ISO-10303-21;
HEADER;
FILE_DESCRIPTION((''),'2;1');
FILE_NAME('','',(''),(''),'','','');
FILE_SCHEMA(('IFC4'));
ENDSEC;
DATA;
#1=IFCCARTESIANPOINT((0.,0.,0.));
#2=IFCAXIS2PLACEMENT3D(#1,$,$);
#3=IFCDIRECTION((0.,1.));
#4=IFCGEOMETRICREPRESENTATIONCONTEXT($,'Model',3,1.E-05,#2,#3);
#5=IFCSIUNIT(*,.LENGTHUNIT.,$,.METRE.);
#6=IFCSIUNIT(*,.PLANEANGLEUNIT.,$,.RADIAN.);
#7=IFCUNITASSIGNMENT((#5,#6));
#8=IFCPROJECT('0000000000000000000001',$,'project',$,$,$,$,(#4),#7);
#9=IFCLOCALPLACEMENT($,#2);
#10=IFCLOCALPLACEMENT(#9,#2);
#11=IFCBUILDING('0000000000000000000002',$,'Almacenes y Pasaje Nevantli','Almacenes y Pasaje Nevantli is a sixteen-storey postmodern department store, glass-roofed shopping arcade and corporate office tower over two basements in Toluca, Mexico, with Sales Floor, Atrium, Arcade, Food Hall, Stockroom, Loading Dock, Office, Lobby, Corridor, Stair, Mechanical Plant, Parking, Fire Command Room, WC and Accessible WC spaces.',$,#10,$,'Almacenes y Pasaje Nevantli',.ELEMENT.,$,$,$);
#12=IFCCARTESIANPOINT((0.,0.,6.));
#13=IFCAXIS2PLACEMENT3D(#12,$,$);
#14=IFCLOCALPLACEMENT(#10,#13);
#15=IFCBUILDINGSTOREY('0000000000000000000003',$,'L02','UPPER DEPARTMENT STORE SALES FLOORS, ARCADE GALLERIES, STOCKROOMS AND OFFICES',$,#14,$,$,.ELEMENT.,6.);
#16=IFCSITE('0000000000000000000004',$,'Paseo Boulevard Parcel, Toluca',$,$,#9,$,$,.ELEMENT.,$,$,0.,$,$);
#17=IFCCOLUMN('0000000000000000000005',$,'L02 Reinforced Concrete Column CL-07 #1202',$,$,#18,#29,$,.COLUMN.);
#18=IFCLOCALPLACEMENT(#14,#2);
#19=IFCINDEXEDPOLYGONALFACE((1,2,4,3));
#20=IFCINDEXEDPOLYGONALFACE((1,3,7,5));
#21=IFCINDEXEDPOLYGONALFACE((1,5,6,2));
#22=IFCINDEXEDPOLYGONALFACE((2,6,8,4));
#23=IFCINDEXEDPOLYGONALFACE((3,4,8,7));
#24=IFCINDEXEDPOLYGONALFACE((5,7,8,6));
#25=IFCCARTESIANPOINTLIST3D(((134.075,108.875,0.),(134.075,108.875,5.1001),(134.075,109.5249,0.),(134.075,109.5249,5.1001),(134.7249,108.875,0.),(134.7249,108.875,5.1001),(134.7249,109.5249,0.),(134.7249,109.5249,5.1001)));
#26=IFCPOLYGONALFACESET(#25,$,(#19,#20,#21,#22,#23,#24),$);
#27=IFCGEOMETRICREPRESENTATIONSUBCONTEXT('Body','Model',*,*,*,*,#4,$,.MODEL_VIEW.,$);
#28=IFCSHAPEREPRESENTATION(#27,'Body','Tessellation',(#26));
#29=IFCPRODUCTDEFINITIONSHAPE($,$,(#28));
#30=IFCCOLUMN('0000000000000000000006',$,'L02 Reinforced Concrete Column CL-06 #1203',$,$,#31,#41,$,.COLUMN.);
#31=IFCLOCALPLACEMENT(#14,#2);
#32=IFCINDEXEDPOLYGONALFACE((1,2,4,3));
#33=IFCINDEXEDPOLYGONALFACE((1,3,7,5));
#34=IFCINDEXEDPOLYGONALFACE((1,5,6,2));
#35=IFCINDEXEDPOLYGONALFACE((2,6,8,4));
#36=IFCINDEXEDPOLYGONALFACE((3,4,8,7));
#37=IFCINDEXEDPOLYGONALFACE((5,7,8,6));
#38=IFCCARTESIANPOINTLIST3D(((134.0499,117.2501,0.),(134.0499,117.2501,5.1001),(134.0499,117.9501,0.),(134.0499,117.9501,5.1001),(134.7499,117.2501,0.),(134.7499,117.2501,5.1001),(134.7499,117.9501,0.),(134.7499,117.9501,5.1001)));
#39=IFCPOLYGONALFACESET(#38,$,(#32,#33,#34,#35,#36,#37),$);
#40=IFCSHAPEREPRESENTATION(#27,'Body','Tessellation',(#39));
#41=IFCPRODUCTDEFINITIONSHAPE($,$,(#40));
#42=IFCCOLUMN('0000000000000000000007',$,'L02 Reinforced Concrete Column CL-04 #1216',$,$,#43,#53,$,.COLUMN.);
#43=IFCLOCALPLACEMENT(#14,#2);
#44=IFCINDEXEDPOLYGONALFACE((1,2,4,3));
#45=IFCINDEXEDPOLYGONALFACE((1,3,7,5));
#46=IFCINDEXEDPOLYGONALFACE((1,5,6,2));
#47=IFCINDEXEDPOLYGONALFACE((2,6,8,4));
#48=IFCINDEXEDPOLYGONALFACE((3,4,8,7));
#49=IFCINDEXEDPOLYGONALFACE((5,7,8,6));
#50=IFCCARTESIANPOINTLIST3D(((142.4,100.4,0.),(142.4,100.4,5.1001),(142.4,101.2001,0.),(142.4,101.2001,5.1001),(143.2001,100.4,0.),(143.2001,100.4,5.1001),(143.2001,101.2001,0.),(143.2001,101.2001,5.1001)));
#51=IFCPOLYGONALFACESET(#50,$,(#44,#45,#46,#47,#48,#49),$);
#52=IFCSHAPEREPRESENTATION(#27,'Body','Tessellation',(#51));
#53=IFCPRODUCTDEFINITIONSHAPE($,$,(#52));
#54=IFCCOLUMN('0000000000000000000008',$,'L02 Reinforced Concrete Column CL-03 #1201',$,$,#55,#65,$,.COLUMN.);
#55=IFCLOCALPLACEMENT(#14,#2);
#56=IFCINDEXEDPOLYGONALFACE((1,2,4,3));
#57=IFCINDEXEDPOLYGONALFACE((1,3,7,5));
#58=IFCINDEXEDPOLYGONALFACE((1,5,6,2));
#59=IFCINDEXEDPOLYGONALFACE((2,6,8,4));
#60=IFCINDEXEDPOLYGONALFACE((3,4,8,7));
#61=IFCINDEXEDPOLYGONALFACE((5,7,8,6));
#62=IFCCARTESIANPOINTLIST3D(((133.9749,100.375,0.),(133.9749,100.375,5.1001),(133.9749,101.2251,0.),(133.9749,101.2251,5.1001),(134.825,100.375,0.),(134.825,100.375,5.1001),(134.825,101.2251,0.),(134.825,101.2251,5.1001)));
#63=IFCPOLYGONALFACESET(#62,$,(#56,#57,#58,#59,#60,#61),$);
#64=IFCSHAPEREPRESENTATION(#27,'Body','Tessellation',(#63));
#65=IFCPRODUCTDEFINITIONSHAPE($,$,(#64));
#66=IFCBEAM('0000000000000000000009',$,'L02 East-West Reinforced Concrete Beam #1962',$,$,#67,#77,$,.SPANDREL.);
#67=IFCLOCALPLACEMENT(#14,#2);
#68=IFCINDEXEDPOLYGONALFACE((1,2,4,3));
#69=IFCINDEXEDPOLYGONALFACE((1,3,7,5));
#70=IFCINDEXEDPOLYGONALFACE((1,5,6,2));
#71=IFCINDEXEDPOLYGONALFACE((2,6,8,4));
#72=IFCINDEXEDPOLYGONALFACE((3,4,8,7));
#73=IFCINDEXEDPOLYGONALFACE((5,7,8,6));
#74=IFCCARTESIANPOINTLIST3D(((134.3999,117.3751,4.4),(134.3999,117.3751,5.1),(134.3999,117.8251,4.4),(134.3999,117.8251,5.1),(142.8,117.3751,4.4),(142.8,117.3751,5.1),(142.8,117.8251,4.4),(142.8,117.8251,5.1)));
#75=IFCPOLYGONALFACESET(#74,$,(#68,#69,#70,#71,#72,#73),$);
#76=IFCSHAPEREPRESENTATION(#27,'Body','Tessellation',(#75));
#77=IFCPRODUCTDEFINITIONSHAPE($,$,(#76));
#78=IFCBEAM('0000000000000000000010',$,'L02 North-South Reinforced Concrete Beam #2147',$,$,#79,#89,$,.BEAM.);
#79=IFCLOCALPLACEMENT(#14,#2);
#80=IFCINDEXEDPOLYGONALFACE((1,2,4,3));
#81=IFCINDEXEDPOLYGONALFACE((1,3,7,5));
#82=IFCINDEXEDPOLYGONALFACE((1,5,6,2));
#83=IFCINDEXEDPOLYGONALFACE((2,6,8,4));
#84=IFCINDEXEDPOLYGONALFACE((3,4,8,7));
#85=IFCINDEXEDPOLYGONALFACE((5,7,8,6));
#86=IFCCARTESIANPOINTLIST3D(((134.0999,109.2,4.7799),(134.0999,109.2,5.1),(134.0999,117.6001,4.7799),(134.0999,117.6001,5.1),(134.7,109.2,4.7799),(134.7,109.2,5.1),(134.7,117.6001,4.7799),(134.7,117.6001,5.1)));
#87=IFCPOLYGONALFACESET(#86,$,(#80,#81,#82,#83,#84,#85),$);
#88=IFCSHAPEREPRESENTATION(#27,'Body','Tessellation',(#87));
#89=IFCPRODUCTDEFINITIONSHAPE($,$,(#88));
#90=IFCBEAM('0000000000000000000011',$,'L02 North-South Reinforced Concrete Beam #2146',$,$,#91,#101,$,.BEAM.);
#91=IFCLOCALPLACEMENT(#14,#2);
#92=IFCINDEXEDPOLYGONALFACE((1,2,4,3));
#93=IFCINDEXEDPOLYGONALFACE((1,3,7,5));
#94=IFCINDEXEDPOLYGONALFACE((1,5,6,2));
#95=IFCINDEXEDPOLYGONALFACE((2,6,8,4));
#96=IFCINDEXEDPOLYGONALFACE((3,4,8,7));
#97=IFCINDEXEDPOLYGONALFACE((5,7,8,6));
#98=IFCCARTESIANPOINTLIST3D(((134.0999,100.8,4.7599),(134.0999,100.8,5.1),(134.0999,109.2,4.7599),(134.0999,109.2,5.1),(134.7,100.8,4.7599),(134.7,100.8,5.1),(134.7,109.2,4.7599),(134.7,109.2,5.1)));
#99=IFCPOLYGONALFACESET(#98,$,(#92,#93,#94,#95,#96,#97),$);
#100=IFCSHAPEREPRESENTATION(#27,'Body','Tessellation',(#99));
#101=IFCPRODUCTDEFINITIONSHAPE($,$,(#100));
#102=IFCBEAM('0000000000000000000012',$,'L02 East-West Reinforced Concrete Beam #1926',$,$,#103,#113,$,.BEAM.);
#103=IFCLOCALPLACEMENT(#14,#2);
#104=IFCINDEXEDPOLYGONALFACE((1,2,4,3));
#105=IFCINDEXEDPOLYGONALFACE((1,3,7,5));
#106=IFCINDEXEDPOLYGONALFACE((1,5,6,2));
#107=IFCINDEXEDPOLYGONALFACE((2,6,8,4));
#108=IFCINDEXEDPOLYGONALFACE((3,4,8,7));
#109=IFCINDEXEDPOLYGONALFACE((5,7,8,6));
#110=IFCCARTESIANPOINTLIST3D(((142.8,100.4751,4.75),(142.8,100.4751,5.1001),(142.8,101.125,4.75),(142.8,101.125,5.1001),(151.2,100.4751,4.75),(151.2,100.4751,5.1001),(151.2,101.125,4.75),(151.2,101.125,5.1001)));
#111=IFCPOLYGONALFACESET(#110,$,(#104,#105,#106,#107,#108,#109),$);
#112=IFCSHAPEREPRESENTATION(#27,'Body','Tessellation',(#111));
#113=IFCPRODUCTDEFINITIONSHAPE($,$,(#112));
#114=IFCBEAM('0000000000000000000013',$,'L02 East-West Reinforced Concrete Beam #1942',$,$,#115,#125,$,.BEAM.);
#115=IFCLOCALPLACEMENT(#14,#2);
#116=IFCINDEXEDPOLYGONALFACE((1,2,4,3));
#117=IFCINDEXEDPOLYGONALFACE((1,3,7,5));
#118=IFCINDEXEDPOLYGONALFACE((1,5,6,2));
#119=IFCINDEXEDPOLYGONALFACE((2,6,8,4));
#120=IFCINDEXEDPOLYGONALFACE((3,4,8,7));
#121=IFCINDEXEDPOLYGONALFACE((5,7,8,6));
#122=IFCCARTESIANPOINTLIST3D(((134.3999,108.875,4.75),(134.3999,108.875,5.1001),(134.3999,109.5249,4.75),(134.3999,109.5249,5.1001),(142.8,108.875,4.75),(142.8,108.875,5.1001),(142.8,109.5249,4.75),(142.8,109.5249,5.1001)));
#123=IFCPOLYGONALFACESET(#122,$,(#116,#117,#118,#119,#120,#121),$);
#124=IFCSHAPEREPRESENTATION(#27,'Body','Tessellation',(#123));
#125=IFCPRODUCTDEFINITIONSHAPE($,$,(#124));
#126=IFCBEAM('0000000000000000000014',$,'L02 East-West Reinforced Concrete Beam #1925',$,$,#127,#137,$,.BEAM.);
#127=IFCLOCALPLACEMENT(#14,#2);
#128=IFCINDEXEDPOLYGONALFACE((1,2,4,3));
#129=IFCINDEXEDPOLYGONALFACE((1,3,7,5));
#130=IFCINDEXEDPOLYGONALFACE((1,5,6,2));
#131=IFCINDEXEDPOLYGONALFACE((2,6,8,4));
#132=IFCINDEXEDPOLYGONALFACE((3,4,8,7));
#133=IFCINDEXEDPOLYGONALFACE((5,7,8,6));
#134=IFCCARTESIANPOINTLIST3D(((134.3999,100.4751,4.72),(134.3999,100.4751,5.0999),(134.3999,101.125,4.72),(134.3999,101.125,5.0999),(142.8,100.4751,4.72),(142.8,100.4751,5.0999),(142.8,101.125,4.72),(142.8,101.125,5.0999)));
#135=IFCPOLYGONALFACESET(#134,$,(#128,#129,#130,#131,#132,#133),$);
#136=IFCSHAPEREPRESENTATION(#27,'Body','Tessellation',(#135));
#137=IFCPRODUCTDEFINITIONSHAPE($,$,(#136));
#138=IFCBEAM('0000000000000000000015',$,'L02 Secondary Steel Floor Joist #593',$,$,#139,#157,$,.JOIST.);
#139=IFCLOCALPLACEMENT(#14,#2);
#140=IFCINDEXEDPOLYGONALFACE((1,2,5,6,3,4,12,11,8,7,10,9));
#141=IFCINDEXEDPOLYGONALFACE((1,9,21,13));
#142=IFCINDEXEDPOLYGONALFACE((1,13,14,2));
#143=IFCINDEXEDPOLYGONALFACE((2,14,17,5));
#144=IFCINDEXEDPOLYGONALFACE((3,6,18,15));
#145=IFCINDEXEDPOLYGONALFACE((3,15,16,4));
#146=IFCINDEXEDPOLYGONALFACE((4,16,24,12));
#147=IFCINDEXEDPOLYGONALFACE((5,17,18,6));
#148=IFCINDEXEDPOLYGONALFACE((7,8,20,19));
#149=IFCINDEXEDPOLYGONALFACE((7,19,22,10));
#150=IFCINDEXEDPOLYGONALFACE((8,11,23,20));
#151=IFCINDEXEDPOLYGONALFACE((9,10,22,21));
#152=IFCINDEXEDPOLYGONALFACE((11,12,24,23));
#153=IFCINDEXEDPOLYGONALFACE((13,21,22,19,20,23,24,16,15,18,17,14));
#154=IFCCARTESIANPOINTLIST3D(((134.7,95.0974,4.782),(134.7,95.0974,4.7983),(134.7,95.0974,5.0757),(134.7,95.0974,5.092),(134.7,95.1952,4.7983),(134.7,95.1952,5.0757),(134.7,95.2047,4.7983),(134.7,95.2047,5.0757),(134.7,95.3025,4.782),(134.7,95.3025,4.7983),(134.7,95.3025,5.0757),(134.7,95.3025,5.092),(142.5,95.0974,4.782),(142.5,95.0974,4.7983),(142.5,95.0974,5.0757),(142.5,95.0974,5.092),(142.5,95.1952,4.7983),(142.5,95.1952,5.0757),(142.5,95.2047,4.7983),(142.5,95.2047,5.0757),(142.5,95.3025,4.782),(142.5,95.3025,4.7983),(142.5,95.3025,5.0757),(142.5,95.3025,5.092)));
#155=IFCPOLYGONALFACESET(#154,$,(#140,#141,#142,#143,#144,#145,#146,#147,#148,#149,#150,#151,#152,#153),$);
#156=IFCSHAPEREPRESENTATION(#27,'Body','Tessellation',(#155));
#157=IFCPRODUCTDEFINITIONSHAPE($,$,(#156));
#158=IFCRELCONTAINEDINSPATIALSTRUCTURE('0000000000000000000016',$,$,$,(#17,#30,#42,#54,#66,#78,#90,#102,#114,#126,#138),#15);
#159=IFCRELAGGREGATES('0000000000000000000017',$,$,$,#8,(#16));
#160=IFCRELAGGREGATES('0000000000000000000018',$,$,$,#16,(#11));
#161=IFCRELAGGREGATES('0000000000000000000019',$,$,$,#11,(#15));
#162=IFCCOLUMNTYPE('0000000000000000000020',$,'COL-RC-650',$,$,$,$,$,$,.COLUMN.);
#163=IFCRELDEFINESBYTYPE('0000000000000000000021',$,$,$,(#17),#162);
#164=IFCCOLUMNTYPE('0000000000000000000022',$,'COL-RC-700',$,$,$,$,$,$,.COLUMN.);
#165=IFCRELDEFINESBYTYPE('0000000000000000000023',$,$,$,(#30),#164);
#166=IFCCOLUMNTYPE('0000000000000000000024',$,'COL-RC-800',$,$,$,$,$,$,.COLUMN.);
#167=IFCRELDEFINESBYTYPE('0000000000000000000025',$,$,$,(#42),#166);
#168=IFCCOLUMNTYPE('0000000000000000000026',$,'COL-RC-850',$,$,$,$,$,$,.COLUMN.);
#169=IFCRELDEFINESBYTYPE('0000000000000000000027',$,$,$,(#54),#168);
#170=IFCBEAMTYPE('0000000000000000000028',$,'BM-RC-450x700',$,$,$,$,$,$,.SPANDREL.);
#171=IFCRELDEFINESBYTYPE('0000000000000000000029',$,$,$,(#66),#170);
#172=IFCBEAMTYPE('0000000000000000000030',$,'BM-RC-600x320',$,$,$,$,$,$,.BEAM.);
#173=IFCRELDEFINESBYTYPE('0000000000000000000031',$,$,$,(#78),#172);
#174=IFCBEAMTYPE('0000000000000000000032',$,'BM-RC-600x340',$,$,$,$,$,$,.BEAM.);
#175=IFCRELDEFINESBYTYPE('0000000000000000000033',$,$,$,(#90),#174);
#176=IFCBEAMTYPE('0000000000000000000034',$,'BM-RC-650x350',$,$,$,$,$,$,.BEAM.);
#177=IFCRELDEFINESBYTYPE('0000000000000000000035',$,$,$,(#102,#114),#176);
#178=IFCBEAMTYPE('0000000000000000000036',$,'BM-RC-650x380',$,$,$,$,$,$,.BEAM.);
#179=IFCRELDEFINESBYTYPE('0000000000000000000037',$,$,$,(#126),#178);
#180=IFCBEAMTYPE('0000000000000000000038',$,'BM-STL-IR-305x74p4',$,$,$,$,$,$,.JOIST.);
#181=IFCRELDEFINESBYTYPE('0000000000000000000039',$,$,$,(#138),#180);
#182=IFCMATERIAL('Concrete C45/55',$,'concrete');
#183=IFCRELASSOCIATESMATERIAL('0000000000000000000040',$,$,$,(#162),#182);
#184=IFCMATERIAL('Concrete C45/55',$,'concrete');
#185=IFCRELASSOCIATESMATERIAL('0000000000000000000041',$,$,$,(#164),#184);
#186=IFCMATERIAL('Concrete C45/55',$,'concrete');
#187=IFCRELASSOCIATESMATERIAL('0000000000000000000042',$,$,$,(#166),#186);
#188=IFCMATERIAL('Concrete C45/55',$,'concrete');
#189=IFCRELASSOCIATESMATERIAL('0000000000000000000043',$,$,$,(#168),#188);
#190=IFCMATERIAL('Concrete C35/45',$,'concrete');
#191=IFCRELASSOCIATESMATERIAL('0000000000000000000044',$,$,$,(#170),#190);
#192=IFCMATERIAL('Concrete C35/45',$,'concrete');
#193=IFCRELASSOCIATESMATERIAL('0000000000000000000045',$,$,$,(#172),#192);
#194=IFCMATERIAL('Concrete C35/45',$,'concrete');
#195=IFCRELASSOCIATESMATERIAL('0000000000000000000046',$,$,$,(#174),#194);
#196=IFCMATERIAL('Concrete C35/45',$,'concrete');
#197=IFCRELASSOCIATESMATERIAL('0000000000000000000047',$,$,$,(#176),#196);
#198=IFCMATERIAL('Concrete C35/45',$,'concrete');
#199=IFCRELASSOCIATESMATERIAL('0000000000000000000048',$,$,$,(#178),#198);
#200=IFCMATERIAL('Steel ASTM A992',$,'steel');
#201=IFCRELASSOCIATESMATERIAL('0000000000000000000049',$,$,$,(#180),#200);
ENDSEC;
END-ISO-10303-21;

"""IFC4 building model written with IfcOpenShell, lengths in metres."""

from ifc_helpers import new_model, si_unit, direction, frame, origin, origin_2d, place, context, subcontext, project, spatial, rectangle, i_section, extrude, material, material_profile, profile_set, type_object, element, save


model = new_model("IFC4")

# Units and contexts
model_context = context("Model", 3, precision=1e-05, world=origin(), true_north=direction((0.0, 1.0)))
body_context = subcontext(model_context, "Body", "Model", "MODEL_VIEW")
ifc_project = project(units=[si_unit("LENGTHUNIT", "METRE"), si_unit("PLANEANGLEUNIT", "RADIAN")], contexts=[model_context])

# Site, building, storey
site_placement = place(None, origin())
site = spatial("IfcSite", under=ifc_project, at=site_placement, Name="Paseo Boulevard Parcel, Toluca", CompositionType="ELEMENT", RefElevation=0.0)
building_placement = place(site_placement, origin())
building = spatial("IfcBuilding", under=site, at=building_placement, Name="Almacenes y Pasaje Nevantli", Description="Almacenes y Pasaje Nevantli is a sixteen-storey postmodern department store, glass-roofed shopping arcade and corporate office tower over two basements in Toluca, Mexico, with Sales Floor, Atrium, Arcade, Food Hall, Stockroom, Loading Dock, Office, Lobby, Corridor, Stair, Mechanical Plant, Parking, Fire Command Room, WC and Accessible WC spaces.", LongName="Almacenes y Pasaje Nevantli", CompositionType="ELEMENT")
storey_placement = place(building_placement, frame((0.0, 0.0, 6.0)))
storey = spatial("IfcBuildingStorey", under=building, at=storey_placement, Name="L02", Description="UPPER DEPARTMENT STORE SALES FLOORS, ARCADE GALLERIES, STOCKROOMS AND OFFICES", CompositionType="ELEMENT", Elevation=6.0)

# Columns
ifc_material_1 = material(Name="Concrete C45/55", Category="concrete")
ifc_material_profile_1 = material_profile(ifc_material_1, rectangle(XDim=0.6499, YDim=0.6499, at=origin_2d()), Name="RC-COL-650x650")
ifc_profile_set_1 = profile_set([ifc_material_profile_1], Name="Concrete C45/55")
column_type_1 = type_object("IfcColumnType", Name="COL-RC-650", PredefinedType="COLUMN", material=ifc_profile_set_1)
column_1_placement = place(storey_placement, frame((134.3999, 109.2, 0.0), z_axis=(0.0, 0.0, 1.0), x_axis=(1.0, 0.0, 0.0)))
element("IfcColumn", 1, at=column_1_placement, inside=storey, type_object=column_type_1, Name="L02 Reinforced Concrete Column CL-07 #1202", PredefinedType="COLUMN", context=body_context, shape_type="SweptSolid", body=[
    extrude(rectangle(XDim=0.6499, YDim=0.6499, at=origin_2d()), origin(), (0.0, 0.0, 1.0), 5.1001),
])
ifc_material_2 = material(Name="Concrete C45/55", Category="concrete")
ifc_material_profile_2 = material_profile(ifc_material_2, rectangle(XDim=0.7, YDim=0.7, at=origin_2d()), Name="RC-COL-700x700")
ifc_profile_set_2 = profile_set([ifc_material_profile_2], Name="Concrete C45/55")
column_type_2 = type_object("IfcColumnType", Name="COL-RC-700", PredefinedType="COLUMN", material=ifc_profile_set_2)
column_2_placement = place(storey_placement, frame((134.3999, 117.6001, 0.0), z_axis=(0.0, 0.0, 1.0), x_axis=(1.0, 0.0, 0.0)))
element("IfcColumn", 2, at=column_2_placement, inside=storey, type_object=column_type_2, Name="L02 Reinforced Concrete Column CL-06 #1203", PredefinedType="COLUMN", context=body_context, shape_type="SweptSolid", body=[
    extrude(rectangle(XDim=0.7, YDim=0.7, at=origin_2d()), origin(), (0.0, 0.0, 1.0), 5.1001),
])
ifc_material_3 = material(Name="Concrete C45/55", Category="concrete")
ifc_material_profile_3 = material_profile(ifc_material_3, rectangle(XDim=0.8, YDim=0.8, at=origin_2d()), Name="RC-COL-800x800")
ifc_profile_set_3 = profile_set([ifc_material_profile_3], Name="Concrete C45/55")
column_type_3 = type_object("IfcColumnType", Name="COL-RC-800", PredefinedType="COLUMN", material=ifc_profile_set_3)
column_3_placement = place(storey_placement, frame((142.8, 100.8, 0.0), z_axis=(0.0, 0.0, 1.0), x_axis=(1.0, 0.0, 0.0)))
element("IfcColumn", 3, at=column_3_placement, inside=storey, type_object=column_type_3, Name="L02 Reinforced Concrete Column CL-04 #1216", PredefinedType="COLUMN", context=body_context, shape_type="SweptSolid", body=[
    extrude(rectangle(XDim=0.8, YDim=0.8, at=origin_2d()), origin(), (0.0, 0.0, 1.0), 5.1001),
])
ifc_material_4 = material(Name="Concrete C45/55", Category="concrete")
ifc_material_profile_4 = material_profile(ifc_material_4, rectangle(XDim=0.8501, YDim=0.8501, at=origin_2d()), Name="RC-COL-850x850")
ifc_profile_set_4 = profile_set([ifc_material_profile_4], Name="Concrete C45/55")
column_type_4 = type_object("IfcColumnType", Name="COL-RC-850", PredefinedType="COLUMN", material=ifc_profile_set_4)
column_4_placement = place(storey_placement, frame((134.3999, 100.8, 0.0), z_axis=(0.0, 0.0, 1.0), x_axis=(1.0, 0.0, 0.0)))
element("IfcColumn", 4, at=column_4_placement, inside=storey, type_object=column_type_4, Name="L02 Reinforced Concrete Column CL-03 #1201", PredefinedType="COLUMN", context=body_context, shape_type="SweptSolid", body=[
    extrude(rectangle(XDim=0.8501, YDim=0.8501, at=origin_2d()), origin(), (0.0, 0.0, 1.0), 5.1001),
])

# Beams
ifc_material_5 = material(Name="Concrete C35/45", Category="concrete")
ifc_material_profile_5 = material_profile(ifc_material_5, rectangle(XDim=0.45, YDim=0.7, at=origin_2d()), Name="RC-BM-450x700")
ifc_profile_set_5 = profile_set([ifc_material_profile_5], Name="Concrete C35/45")
beam_type_1 = type_object("IfcBeamType", Name="BM-RC-450x700", PredefinedType="SPANDREL", material=ifc_profile_set_5)
beam_1_placement = place(storey_placement, frame((134.3999, 117.6001, 4.75), z_axis=(1.0, 0.0, 0.0), x_axis=(0.0, 1.0, 0.0)))
element("IfcBeam", 5, at=beam_1_placement, inside=storey, type_object=beam_type_1, Name="L02 East-West Reinforced Concrete Beam #1962", PredefinedType="SPANDREL", context=body_context, shape_type="SweptSolid", body=[
    extrude(rectangle(XDim=0.45, YDim=0.7, at=origin_2d()), origin(), (0.0, 0.0, 1.0), 8.4001),
])
ifc_material_6 = material(Name="Concrete C35/45", Category="concrete")
ifc_material_profile_6 = material_profile(ifc_material_6, rectangle(XDim=0.6001, YDim=0.3201, at=origin_2d()), Name="RC-BM-600x320")
ifc_profile_set_6 = profile_set([ifc_material_profile_6], Name="Concrete C35/45")
beam_type_2 = type_object("IfcBeamType", Name="BM-RC-600x320", PredefinedType="BEAM", material=ifc_profile_set_6)
beam_2_placement = place(storey_placement, frame((134.3999, 109.2, 4.9399), z_axis=(0.0, 1.0, 0.0), x_axis=(-1.0, 0.0, 0.0)))
element("IfcBeam", 6, at=beam_2_placement, inside=storey, type_object=beam_type_2, Name="L02 North-South Reinforced Concrete Beam #2147", PredefinedType="BEAM", context=body_context, shape_type="SweptSolid", body=[
    extrude(rectangle(XDim=0.6001, YDim=0.3201, at=origin_2d()), origin(), (0.0, 0.0, 1.0), 8.4001),
])
ifc_material_7 = material(Name="Concrete C35/45", Category="concrete")
ifc_material_profile_7 = material_profile(ifc_material_7, rectangle(XDim=0.6001, YDim=0.3401, at=origin_2d()), Name="RC-BM-600x340")
ifc_profile_set_7 = profile_set([ifc_material_profile_7], Name="Concrete C35/45")
beam_type_3 = type_object("IfcBeamType", Name="BM-RC-600x340", PredefinedType="BEAM", material=ifc_profile_set_7)
beam_3_placement = place(storey_placement, frame((134.3999, 100.8, 4.9299), z_axis=(0.0, 1.0, 0.0), x_axis=(-1.0, 0.0, 0.0)))
element("IfcBeam", 7, at=beam_3_placement, inside=storey, type_object=beam_type_3, Name="L02 North-South Reinforced Concrete Beam #2146", PredefinedType="BEAM", context=body_context, shape_type="SweptSolid", body=[
    extrude(rectangle(XDim=0.6001, YDim=0.3401, at=origin_2d()), origin(), (0.0, 0.0, 1.0), 8.3999),
])
ifc_material_8 = material(Name="Concrete C35/45", Category="concrete")
ifc_material_profile_8 = material_profile(ifc_material_8, rectangle(XDim=0.6499, YDim=0.3501, at=origin_2d()), Name="RC-BM-650x350")
ifc_profile_set_8 = profile_set([ifc_material_profile_8], Name="Concrete C35/45")
beam_type_4 = type_object("IfcBeamType", Name="BM-RC-650x350", PredefinedType="BEAM", material=ifc_profile_set_8)
beam_4_placement = place(storey_placement, frame((142.8, 100.8, 4.925), z_axis=(1.0, 0.0, 0.0), x_axis=(0.0, 1.0, 0.0)))
element("IfcBeam", 8, at=beam_4_placement, inside=storey, type_object=beam_type_4, Name="L02 East-West Reinforced Concrete Beam #1926", PredefinedType="BEAM", context=body_context, shape_type="SweptSolid", body=[
    extrude(rectangle(XDim=0.6499, YDim=0.3501, at=origin_2d()), origin(), (0.0, 0.0, 1.0), 8.3999),
])
beam_5_placement = place(storey_placement, frame((134.3999, 109.2, 4.925), z_axis=(1.0, 0.0, 0.0), x_axis=(0.0, 1.0, 0.0)))
element("IfcBeam", 9, at=beam_5_placement, inside=storey, type_object=beam_type_4, Name="L02 East-West Reinforced Concrete Beam #1942", PredefinedType="BEAM", context=body_context, shape_type="SweptSolid", body=[
    extrude(rectangle(XDim=0.6499, YDim=0.3501, at=origin_2d()), origin(), (0.0, 0.0, 1.0), 8.4001),
])
ifc_material_9 = material(Name="Concrete C35/45", Category="concrete")
ifc_material_profile_9 = material_profile(ifc_material_9, rectangle(XDim=0.6499, YDim=0.3799, at=origin_2d()), Name="RC-BM-650x380")
ifc_profile_set_9 = profile_set([ifc_material_profile_9], Name="Concrete C35/45")
beam_type_5 = type_object("IfcBeamType", Name="BM-RC-650x380", PredefinedType="BEAM", material=ifc_profile_set_9)
beam_6_placement = place(storey_placement, frame((134.3999, 100.8, 4.9099), z_axis=(1.0, 0.0, 0.0), x_axis=(0.0, 1.0, 0.0)))
element("IfcBeam", 10, at=beam_6_placement, inside=storey, type_object=beam_type_5, Name="L02 East-West Reinforced Concrete Beam #1925", PredefinedType="BEAM", context=body_context, shape_type="SweptSolid", body=[
    extrude(rectangle(XDim=0.6499, YDim=0.3799, at=origin_2d()), origin(), (0.0, 0.0, 1.0), 8.4001),
])
ifc_material_10 = material(Name="Steel ASTM A992", Category="steel")
ifc_material_profile_10 = material_profile(ifc_material_10, i_section(OverallWidth=0.2051, OverallDepth=0.3101, WebThickness=0.0095, FlangeThickness=0.0164, at=origin_2d()), Name="IR 305x74.4")
ifc_profile_set_10 = profile_set([ifc_material_profile_10], Name="Steel ASTM A992")
beam_type_6 = type_object("IfcBeamType", Name="BM-STL-IR-305x74p4", PredefinedType="JOIST", material=ifc_profile_set_10)
for number, where, z_axis, x_axis, name in (
    (11, (134.7, 95.2, 4.937), (1.0, 0.0, 0.0), (0.0, 1.0, 0.0), "L02 Secondary Steel Floor Joist #593"),
):
    element("IfcBeam", number, at=place(storey_placement, frame(where, z_axis=z_axis, x_axis=x_axis)), inside=storey, type_object=beam_type_6, Name=name, PredefinedType="JOIST", context=body_context, shape_type="SweptSolid", body=[
        extrude(i_section(OverallWidth=0.2051, OverallDepth=0.3101, WebThickness=0.0095, FlangeThickness=0.0164, at=origin_2d()), origin(), (0.0, 0.0, 1.0), 7.8),
    ])

save(model, "model.ifc")
